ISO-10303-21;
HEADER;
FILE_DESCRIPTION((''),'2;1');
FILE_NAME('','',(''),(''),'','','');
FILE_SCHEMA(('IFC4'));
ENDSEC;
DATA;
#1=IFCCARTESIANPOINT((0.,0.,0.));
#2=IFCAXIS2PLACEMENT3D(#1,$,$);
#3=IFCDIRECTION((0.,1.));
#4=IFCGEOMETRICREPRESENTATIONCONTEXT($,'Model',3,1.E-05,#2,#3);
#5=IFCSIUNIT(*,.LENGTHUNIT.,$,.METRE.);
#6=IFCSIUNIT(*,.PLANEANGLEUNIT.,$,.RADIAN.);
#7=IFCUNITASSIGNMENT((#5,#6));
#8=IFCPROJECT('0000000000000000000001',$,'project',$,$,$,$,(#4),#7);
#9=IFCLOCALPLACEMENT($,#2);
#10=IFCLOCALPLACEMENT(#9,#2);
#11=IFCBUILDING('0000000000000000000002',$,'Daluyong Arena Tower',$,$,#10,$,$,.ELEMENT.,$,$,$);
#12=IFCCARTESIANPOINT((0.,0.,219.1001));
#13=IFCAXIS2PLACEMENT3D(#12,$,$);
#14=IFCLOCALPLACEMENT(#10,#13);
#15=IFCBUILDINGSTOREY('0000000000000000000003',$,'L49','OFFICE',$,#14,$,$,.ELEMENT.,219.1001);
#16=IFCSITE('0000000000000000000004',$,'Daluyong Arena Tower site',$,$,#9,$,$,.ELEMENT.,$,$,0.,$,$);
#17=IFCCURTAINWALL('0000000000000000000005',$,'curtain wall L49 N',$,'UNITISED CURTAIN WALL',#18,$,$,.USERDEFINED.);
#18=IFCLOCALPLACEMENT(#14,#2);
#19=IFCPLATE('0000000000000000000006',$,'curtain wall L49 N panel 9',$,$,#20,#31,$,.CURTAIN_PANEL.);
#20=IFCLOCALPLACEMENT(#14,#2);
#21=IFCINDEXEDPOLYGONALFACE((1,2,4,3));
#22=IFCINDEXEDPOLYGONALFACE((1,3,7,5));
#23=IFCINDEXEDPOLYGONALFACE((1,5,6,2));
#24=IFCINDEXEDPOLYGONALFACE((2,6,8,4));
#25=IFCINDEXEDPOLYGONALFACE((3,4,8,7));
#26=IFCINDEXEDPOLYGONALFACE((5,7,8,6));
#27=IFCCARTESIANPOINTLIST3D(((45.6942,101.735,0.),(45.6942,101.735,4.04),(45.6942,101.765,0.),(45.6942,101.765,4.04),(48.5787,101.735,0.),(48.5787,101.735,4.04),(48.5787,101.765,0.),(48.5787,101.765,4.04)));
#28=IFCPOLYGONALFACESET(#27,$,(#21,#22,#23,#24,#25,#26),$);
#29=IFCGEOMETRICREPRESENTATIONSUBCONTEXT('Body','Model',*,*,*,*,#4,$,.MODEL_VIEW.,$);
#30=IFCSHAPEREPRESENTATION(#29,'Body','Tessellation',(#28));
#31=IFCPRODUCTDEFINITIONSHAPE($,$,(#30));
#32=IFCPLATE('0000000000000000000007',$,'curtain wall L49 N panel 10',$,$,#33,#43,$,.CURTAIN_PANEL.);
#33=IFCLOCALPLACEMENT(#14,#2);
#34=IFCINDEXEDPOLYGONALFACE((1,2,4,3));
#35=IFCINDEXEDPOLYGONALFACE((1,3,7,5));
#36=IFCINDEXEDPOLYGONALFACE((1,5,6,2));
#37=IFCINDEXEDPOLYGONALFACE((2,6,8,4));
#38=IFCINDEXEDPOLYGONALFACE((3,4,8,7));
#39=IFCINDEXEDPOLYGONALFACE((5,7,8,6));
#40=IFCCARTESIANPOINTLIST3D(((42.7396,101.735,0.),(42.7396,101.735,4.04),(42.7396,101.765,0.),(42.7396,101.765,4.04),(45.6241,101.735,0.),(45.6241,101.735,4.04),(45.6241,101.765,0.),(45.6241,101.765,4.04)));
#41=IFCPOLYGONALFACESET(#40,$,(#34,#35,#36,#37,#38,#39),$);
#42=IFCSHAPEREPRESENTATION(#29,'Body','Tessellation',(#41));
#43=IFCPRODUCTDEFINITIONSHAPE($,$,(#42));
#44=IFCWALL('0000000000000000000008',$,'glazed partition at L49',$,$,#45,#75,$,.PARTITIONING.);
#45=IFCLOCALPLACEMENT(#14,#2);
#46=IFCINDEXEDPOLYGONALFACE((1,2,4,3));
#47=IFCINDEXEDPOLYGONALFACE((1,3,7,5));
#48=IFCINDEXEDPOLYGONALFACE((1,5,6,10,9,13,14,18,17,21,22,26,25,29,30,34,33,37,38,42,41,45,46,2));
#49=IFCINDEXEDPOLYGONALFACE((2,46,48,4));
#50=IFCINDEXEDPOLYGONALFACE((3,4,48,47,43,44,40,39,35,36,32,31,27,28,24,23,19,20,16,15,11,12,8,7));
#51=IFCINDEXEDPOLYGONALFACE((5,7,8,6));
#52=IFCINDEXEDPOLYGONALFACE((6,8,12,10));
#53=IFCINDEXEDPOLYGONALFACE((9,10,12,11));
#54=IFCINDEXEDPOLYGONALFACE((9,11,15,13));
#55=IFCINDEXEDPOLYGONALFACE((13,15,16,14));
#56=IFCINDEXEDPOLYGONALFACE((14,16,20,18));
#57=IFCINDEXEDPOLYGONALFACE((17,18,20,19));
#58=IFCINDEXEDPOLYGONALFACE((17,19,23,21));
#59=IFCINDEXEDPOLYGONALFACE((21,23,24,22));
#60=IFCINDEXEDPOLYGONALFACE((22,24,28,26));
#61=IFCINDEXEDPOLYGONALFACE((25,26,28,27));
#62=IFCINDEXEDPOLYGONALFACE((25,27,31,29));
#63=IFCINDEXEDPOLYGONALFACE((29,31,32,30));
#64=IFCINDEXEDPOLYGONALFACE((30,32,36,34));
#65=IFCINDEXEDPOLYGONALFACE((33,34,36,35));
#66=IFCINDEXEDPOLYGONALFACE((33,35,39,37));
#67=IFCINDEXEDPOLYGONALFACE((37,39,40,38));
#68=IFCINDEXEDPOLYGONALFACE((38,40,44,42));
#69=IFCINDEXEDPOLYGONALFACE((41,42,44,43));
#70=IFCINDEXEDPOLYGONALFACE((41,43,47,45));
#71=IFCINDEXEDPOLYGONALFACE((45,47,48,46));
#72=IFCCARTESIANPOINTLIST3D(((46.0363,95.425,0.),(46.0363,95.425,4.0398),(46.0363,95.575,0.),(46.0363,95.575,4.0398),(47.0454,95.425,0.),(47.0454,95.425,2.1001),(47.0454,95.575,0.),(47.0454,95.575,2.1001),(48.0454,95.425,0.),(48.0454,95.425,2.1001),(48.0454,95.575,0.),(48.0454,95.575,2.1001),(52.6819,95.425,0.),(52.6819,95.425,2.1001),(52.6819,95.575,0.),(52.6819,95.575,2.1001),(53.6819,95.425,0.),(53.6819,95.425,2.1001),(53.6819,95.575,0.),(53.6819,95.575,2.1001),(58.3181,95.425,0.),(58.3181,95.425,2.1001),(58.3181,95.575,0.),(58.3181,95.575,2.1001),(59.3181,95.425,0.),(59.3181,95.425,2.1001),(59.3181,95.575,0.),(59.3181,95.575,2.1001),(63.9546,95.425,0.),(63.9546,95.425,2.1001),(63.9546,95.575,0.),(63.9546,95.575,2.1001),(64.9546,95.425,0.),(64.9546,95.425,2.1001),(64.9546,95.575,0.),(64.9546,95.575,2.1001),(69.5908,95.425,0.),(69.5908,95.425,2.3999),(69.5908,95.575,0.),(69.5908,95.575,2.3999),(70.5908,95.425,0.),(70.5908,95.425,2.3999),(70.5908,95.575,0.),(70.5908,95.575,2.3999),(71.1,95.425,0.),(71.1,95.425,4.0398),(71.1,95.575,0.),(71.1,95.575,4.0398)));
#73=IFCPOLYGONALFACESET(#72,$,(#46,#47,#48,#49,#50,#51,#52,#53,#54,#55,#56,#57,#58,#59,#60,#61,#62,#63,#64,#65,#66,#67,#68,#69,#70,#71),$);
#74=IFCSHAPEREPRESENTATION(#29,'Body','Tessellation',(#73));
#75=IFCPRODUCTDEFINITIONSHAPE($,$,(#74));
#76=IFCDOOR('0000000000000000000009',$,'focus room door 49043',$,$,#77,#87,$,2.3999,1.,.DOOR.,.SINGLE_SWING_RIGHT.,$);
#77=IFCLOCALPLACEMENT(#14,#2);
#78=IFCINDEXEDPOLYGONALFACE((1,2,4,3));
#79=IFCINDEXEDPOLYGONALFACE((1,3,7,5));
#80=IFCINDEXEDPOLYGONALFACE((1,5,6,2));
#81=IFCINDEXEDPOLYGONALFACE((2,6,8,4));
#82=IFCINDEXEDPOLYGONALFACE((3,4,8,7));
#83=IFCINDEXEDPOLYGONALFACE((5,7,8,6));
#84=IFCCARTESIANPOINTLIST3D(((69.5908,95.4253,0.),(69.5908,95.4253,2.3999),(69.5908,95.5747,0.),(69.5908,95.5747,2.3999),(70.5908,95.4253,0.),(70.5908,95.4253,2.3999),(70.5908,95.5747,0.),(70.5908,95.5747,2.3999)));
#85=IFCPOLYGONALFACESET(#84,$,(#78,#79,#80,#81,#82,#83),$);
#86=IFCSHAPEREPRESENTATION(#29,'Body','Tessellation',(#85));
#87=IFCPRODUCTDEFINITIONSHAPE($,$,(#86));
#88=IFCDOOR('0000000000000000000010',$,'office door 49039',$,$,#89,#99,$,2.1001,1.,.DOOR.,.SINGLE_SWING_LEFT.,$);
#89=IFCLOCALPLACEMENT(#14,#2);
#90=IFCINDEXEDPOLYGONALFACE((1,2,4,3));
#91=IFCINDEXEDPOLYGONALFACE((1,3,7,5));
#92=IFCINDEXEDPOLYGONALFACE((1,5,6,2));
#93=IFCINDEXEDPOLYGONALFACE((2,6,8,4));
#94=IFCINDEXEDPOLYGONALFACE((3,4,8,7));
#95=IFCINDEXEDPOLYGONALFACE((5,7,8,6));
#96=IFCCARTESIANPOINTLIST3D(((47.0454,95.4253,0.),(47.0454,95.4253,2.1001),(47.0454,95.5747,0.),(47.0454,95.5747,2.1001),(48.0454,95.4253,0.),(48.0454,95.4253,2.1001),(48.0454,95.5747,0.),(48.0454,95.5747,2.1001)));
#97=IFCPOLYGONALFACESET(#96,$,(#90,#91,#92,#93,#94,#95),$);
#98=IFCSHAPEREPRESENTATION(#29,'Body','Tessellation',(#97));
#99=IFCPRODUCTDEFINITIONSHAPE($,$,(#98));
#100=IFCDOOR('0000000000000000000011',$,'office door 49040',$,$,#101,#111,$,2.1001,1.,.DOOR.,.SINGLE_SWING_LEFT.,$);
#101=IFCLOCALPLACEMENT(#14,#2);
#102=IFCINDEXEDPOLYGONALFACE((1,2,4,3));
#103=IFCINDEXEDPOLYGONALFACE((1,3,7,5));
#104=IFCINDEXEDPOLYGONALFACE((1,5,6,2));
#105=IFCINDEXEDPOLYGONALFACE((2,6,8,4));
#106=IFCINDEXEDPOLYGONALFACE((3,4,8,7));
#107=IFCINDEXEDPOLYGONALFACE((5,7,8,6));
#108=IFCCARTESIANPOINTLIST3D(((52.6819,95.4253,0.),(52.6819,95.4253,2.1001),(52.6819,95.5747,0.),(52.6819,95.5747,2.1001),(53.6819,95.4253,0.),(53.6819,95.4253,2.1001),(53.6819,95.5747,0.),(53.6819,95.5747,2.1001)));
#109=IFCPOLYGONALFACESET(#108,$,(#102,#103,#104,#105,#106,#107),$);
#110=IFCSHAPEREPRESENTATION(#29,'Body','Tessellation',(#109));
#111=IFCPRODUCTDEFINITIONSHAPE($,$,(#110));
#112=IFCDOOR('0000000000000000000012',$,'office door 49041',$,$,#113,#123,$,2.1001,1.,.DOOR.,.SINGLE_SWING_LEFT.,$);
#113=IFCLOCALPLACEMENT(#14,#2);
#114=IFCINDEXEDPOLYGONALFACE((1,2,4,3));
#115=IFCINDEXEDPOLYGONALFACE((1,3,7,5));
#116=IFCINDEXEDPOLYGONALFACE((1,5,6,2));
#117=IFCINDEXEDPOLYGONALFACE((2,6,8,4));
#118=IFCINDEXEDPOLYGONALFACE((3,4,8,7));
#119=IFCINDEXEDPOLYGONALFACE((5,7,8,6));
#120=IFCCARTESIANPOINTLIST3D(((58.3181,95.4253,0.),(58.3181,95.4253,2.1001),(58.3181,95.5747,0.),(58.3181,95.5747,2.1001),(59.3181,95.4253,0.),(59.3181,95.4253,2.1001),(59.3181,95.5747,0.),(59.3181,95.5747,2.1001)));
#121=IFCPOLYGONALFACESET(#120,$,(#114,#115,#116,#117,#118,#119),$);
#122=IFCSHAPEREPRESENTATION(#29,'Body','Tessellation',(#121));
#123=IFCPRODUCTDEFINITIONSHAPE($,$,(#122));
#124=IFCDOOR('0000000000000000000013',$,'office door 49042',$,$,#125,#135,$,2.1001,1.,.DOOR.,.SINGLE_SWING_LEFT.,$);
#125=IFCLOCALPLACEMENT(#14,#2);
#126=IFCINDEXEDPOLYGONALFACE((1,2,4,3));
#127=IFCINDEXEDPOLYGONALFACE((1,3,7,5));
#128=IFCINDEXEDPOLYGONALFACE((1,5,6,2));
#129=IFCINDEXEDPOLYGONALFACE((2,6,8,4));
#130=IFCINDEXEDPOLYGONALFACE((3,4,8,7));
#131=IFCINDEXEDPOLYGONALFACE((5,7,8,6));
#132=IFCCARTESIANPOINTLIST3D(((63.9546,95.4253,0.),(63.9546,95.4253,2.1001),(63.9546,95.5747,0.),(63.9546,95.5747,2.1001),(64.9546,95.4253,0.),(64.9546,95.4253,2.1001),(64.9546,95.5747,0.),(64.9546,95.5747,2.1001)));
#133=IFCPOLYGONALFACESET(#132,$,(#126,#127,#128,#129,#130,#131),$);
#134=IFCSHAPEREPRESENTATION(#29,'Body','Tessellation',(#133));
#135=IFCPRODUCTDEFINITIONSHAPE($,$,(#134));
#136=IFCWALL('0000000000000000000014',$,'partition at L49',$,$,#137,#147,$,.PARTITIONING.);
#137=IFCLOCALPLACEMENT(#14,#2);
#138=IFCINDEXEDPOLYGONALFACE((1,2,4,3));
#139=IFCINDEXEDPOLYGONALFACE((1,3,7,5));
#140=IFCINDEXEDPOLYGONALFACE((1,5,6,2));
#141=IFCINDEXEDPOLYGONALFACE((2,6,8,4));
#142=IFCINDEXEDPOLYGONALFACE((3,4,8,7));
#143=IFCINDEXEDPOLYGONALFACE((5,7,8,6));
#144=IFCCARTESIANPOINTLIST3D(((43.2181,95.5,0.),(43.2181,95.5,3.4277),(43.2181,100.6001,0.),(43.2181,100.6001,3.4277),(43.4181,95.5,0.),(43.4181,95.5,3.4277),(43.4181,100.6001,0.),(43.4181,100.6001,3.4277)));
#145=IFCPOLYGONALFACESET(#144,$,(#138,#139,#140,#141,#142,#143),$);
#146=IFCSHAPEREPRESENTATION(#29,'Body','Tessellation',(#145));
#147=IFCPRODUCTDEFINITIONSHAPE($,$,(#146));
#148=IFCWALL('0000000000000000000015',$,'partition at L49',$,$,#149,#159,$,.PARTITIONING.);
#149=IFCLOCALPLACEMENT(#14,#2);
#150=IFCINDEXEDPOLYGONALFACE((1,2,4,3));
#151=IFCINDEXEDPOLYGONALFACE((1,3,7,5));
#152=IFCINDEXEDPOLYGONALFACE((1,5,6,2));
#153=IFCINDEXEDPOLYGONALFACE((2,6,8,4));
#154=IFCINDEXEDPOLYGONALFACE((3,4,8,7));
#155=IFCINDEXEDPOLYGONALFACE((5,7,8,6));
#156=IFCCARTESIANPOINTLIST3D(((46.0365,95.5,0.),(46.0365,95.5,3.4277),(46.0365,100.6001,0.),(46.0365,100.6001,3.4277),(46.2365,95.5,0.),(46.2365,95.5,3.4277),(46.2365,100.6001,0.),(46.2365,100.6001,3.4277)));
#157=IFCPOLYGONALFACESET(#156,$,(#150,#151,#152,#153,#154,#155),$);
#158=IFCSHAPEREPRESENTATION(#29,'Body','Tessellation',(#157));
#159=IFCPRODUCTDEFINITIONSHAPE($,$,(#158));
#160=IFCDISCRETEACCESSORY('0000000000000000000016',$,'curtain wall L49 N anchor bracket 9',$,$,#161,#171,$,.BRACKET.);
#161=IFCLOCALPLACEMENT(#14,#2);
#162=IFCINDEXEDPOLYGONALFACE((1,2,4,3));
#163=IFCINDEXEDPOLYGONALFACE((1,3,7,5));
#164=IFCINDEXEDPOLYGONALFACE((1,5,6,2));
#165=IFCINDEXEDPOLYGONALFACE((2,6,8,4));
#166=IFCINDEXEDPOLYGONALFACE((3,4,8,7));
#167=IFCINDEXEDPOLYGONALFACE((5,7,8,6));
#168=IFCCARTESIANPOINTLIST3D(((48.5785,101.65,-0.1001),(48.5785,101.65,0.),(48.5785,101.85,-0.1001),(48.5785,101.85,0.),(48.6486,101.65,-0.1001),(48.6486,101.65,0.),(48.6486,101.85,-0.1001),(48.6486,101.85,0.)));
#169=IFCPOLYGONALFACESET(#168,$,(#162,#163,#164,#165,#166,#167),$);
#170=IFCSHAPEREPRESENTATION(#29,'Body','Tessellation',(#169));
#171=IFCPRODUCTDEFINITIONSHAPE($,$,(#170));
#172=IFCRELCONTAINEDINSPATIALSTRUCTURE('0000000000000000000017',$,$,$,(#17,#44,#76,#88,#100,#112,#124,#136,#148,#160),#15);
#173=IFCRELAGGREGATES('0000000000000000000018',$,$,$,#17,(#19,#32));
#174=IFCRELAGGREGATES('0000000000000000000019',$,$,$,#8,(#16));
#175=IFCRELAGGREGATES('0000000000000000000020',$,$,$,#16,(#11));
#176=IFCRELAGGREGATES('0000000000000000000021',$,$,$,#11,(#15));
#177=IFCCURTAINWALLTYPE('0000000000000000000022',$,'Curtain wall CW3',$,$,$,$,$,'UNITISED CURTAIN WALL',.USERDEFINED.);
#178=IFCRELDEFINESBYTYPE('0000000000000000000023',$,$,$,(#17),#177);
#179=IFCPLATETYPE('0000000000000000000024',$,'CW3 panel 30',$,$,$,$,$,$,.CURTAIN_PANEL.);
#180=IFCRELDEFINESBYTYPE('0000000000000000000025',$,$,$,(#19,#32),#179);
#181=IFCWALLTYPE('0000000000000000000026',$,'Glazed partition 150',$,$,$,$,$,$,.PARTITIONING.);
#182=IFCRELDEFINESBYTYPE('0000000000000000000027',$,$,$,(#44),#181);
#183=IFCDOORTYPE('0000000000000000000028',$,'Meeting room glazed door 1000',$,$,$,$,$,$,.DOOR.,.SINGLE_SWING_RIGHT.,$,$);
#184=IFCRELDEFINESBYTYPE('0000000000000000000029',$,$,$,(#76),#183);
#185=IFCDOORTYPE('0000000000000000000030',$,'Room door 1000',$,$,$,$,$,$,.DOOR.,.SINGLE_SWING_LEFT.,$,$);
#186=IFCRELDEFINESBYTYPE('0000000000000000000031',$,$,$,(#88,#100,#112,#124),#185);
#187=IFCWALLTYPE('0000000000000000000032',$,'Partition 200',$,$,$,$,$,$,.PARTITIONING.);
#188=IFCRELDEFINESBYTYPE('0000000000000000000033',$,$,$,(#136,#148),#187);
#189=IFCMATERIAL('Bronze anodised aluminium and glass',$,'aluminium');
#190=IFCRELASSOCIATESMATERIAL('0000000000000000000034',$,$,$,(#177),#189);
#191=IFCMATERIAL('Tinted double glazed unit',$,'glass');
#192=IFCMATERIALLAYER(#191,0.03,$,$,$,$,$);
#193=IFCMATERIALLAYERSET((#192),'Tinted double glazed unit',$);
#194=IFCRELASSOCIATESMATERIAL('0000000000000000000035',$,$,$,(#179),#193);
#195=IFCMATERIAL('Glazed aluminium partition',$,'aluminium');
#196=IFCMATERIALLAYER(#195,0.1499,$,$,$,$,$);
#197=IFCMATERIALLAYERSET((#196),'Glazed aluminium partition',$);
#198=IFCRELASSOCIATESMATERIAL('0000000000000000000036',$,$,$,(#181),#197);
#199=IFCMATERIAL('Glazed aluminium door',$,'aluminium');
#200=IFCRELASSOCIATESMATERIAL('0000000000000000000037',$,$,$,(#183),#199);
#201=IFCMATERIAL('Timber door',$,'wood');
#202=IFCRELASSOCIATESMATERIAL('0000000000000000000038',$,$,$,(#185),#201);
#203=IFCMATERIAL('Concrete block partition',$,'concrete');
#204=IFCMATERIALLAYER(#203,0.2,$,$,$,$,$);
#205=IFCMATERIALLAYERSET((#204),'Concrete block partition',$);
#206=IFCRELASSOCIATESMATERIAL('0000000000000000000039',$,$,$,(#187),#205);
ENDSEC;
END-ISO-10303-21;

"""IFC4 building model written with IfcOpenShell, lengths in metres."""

from ifc_helpers import new_model, si_unit, direction, frame, frame_2d, origin, origin_2d, place, context, subcontext, project, spatial, rectangle, extrude, material, layer, layer_set, type_object, element, fill, aggregate, save


model = new_model("IFC4")

# Units and contexts
model_context = context("Model", 3, precision=1e-05, world=origin(), true_north=direction((0.0, 1.0)))
body_context = subcontext(model_context, "Body", "Model", "MODEL_VIEW")
ifc_project = project(units=[si_unit("LENGTHUNIT", "METRE"), si_unit("PLANEANGLEUNIT", "RADIAN")], contexts=[model_context])

# Site, building, storey
site_placement = place(None, origin())
site = spatial("IfcSite", under=ifc_project, at=site_placement, Name="Daluyong Arena Tower site", CompositionType="ELEMENT", RefElevation=0.0)
building_placement = place(site_placement, origin())
building = spatial("IfcBuilding", under=site, at=building_placement, Name="Daluyong Arena Tower", CompositionType="ELEMENT")
storey_placement = place(building_placement, frame((0.0, 0.0, 219.1001)))
storey = spatial("IfcBuildingStorey", under=building, at=storey_placement, Name="L49", Description="OFFICE", CompositionType="ELEMENT", Elevation=219.1001)

# Curtain wall
ifc_material_1 = material(Name="Bronze anodised aluminium and glass", Category="aluminium")
curtain_wall_type = type_object("IfcCurtainWallType", Name="Curtain wall CW3", ElementType="UNITISED CURTAIN WALL", PredefinedType="USERDEFINED", material=ifc_material_1)
curtain_wall_placement = place(storey_placement, origin())
curtain_wall = element("IfcCurtainWall", 1, at=curtain_wall_placement, inside=storey, type_object=curtain_wall_type, Name="curtain wall L49 N", ObjectType="UNITISED CURTAIN WALL", PredefinedType="USERDEFINED")

# Plates
ifc_material_2 = material(Name="Tinted double glazed unit", Category="glass")
ifc_layer_1 = layer(ifc_material_2, 0.03)
ifc_layer_set_1 = layer_set([ifc_layer_1], Name="Tinted double glazed unit")
plate_type = type_object("IfcPlateType", Name="CW3 panel 30", PredefinedType="CURTAIN_PANEL", material=ifc_layer_set_1)
plate_1_placement = place(storey_placement, frame((47.1365, 101.75, 0.0), z_axis=(0.0, 0.0, 1.0), x_axis=(-1.0, 0.0, 0.0)))
plate_1 = element("IfcPlate", 2, at=plate_1_placement, type_object=plate_type, Name="curtain wall L49 N panel 9", PredefinedType="CURTAIN_PANEL", context=body_context, shape_type="SweptSolid", body=[
    extrude(rectangle(XDim=2.8845, YDim=0.03, at=origin_2d()), origin(), (0.0, 0.0, 1.0), 4.04),
])
plate_2_placement = place(storey_placement, frame((44.1819, 101.75, 0.0), z_axis=(0.0, 0.0, 1.0), x_axis=(-1.0, 0.0, 0.0)))
plate_2 = element("IfcPlate", 3, at=plate_2_placement, type_object=plate_type, Name="curtain wall L49 N panel 10", PredefinedType="CURTAIN_PANEL", context=body_context, shape_type="SweptSolid", body=[
    extrude(rectangle(XDim=2.8845, YDim=0.03, at=origin_2d()), origin(), (0.0, 0.0, 1.0), 4.04),
])
aggregate(curtain_wall, [plate_1, plate_2])

# Wall, openings, doors
ifc_material_3 = material(Name="Glazed aluminium partition", Category="aluminium")
ifc_layer_2 = layer(ifc_material_3, 0.1499)
ifc_layer_set_2 = layer_set([ifc_layer_2], Name="Glazed aluminium partition")
wall_type_1 = type_object("IfcWallType", Name="Glazed partition 150", PredefinedType="PARTITIONING", material=ifc_layer_set_2)
wall_placement = place(storey_placement, frame((46.0364, 95.5, 0.0), z_axis=(0.0, 0.0, 1.0), x_axis=(1.0, 0.0, 0.0)))
wall = element("IfcWall", 4, at=wall_placement, inside=storey, type_object=wall_type_1, Name="glazed partition at L49", PredefinedType="PARTITIONING", context=body_context, shape_type="SweptSolid", body=[
    extrude(rectangle(XDim=25.0637, YDim=0.1499, at=frame_2d((12.5317, 0.0))), origin(), (0.0, 0.0, 1.0), 4.0398),
])
opening_1_placement = place(wall_placement, frame((1.009, 0.0, 0.0)))
opening_1 = element("IfcOpeningElement", 5, at=opening_1_placement, cuts=wall, PredefinedType="OPENING", context=body_context, shape_type="SweptSolid", body=[
    extrude(rectangle(XDim=1.0, YDim=2.1001, at=frame_2d((0.5, 1.05))), frame((0.0, 0.085, 0.0), z_axis=(0.0, -1.0, 0.0), x_axis=(1.0, 0.0, 0.0)), (0.0, 0.0, 1.0), 0.1699),
])
opening_2_placement = place(wall_placement, frame((6.6455, 0.0, 0.0)))
opening_2 = element("IfcOpeningElement", 6, at=opening_2_placement, cuts=wall, PredefinedType="OPENING", context=body_context, shape_type="SweptSolid", body=[
    extrude(rectangle(XDim=1.0, YDim=2.1001, at=frame_2d((0.5, 1.05))), frame((0.0, 0.085, 0.0), z_axis=(0.0, -1.0, 0.0), x_axis=(1.0, 0.0, 0.0)), (0.0, 0.0, 1.0), 0.1699),
])
opening_3_placement = place(wall_placement, frame((12.2817, 0.0, 0.0)))
opening_3 = element("IfcOpeningElement", 7, at=opening_3_placement, cuts=wall, PredefinedType="OPENING", context=body_context, shape_type="SweptSolid", body=[
    extrude(rectangle(XDim=1.0, YDim=2.1001, at=frame_2d((0.5, 1.05))), frame((0.0, 0.085, 0.0), z_axis=(0.0, -1.0, 0.0), x_axis=(1.0, 0.0, 0.0)), (0.0, 0.0, 1.0), 0.1699),
])
opening_4_placement = place(wall_placement, frame((17.9182, 0.0, 0.0)))
opening_4 = element("IfcOpeningElement", 8, at=opening_4_placement, cuts=wall, PredefinedType="OPENING", context=body_context, shape_type="SweptSolid", body=[
    extrude(rectangle(XDim=1.0, YDim=2.1001, at=frame_2d((0.5, 1.05))), frame((0.0, 0.085, 0.0), z_axis=(0.0, -1.0, 0.0), x_axis=(1.0, 0.0, 0.0)), (0.0, 0.0, 1.0), 0.1699),
])
opening_5_placement = place(wall_placement, frame((23.5544, 0.0, 0.0)))
opening_5 = element("IfcOpeningElement", 9, at=opening_5_placement, cuts=wall, PredefinedType="OPENING", context=body_context, shape_type="SweptSolid", body=[
    extrude(rectangle(XDim=1.0, YDim=2.3999, at=frame_2d((0.5, 1.2))), frame((0.0, 0.085, 0.0), z_axis=(0.0, -1.0, 0.0), x_axis=(1.0, 0.0, 0.0)), (0.0, 0.0, 1.0), 0.1699),
])
ifc_material_4 = material(Name="Glazed aluminium door", Category="aluminium")
door_type_1 = type_object("IfcDoorType", Name="Meeting room glazed door 1000", OperationType="SINGLE_SWING_RIGHT", PredefinedType="DOOR", material=ifc_material_4)
door_1_placement = place(opening_5_placement, origin())
door_1 = element("IfcDoor", 10, at=door_1_placement, inside=storey, type_object=door_type_1, Name="focus room door 49043", OperationType="SINGLE_SWING_RIGHT", OverallHeight=2.3999, OverallWidth=1.0, PredefinedType="DOOR", context=body_context, shape_type="SweptSolid", body=[
    extrude(rectangle(XDim=1.0, YDim=2.3999, at=frame_2d((0.5, 1.2))), frame((0.0, 0.0747, 0.0), z_axis=(0.0, -1.0, 0.0), x_axis=(1.0, 0.0, 0.0)), (0.0, 0.0, 1.0), 0.1494),
])
fill(opening_5, door_1)
ifc_material_5 = material(Name="Timber door", Category="wood")
door_type_2 = type_object("IfcDoorType", Name="Room door 1000", OperationType="SINGLE_SWING_LEFT", PredefinedType="DOOR", material=ifc_material_5)
door_2_placement = place(opening_1_placement, origin())
door_2 = element("IfcDoor", 11, at=door_2_placement, inside=storey, type_object=door_type_2, Name="office door 49039", OperationType="SINGLE_SWING_LEFT", OverallHeight=2.1001, OverallWidth=1.0, PredefinedType="DOOR", context=body_context, shape_type="SweptSolid", body=[
    extrude(rectangle(XDim=1.0, YDim=2.1001, at=frame_2d((0.5, 1.05))), frame((0.0, 0.0747, 0.0), z_axis=(0.0, -1.0, 0.0), x_axis=(1.0, 0.0, 0.0)), (0.0, 0.0, 1.0), 0.1494),
])
fill(opening_1, door_2)
door_3_placement = place(opening_2_placement, origin())
door_3 = element("IfcDoor", 12, at=door_3_placement, inside=storey, type_object=door_type_2, Name="office door 49040", OperationType="SINGLE_SWING_LEFT", OverallHeight=2.1001, OverallWidth=1.0, PredefinedType="DOOR", context=body_context, shape_type="SweptSolid", body=[
    extrude(rectangle(XDim=1.0, YDim=2.1001, at=frame_2d((0.5, 1.05))), frame((0.0, 0.0747, 0.0), z_axis=(0.0, -1.0, 0.0), x_axis=(1.0, 0.0, 0.0)), (0.0, 0.0, 1.0), 0.1494),
])
fill(opening_2, door_3)
door_4_placement = place(opening_3_placement, origin())
door_4 = element("IfcDoor", 13, at=door_4_placement, inside=storey, type_object=door_type_2, Name="office door 49041", OperationType="SINGLE_SWING_LEFT", OverallHeight=2.1001, OverallWidth=1.0, PredefinedType="DOOR", context=body_context, shape_type="SweptSolid", body=[
    extrude(rectangle(XDim=1.0, YDim=2.1001, at=frame_2d((0.5, 1.05))), frame((0.0, 0.0747, 0.0), z_axis=(0.0, -1.0, 0.0), x_axis=(1.0, 0.0, 0.0)), (0.0, 0.0, 1.0), 0.1494),
])
fill(opening_3, door_4)
door_5_placement = place(opening_4_placement, origin())
door_5 = element("IfcDoor", 14, at=door_5_placement, inside=storey, type_object=door_type_2, Name="office door 49042", OperationType="SINGLE_SWING_LEFT", OverallHeight=2.1001, OverallWidth=1.0, PredefinedType="DOOR", context=body_context, shape_type="SweptSolid", body=[
    extrude(rectangle(XDim=1.0, YDim=2.1001, at=frame_2d((0.5, 1.05))), frame((0.0, 0.0747, 0.0), z_axis=(0.0, -1.0, 0.0), x_axis=(1.0, 0.0, 0.0)), (0.0, 0.0, 1.0), 0.1494),
])
fill(opening_4, door_5)

# Walls
ifc_material_6 = material(Name="Concrete block partition", Category="concrete")
ifc_layer_3 = layer(ifc_material_6, 0.2)
ifc_layer_set_3 = layer_set([ifc_layer_3], Name="Concrete block partition")
wall_type_2 = type_object("IfcWallType", Name="Partition 200", PredefinedType="PARTITIONING", material=ifc_layer_set_3)
for number, where, z_axis, x_axis, name in (
    (15, (43.3181, 95.5, 0.0), (0.0, 0.0, 1.0), (0.0, 1.0, 0.0), "partition at L49"),
    (16, (46.1365, 95.5, 0.0), (0.0, 0.0, 1.0), (0.0, 1.0, 0.0), "partition at L49"),
):
    element("IfcWall", number, at=place(storey_placement, frame(where, z_axis=z_axis, x_axis=x_axis)), inside=storey, type_object=wall_type_2, Name=name, PredefinedType="PARTITIONING", context=body_context, shape_type="SweptSolid", body=[
        extrude(rectangle(XDim=5.1001, YDim=0.2, at=frame_2d((2.55, 0.0))), origin(), (0.0, 0.0, 1.0), 3.4277),
    ])

# Discrete accessory
for number, where, z_axis, x_axis, name in (
    (17, (48.6135, 101.75, -0.1001), (0.0, 0.0, 1.0), (-1.0, 0.0, 0.0), "curtain wall L49 N anchor bracket 9"),
):
    element("IfcDiscreteAccessory", number, at=place(storey_placement, frame(where, z_axis=z_axis, x_axis=x_axis)), inside=storey, Name=name, PredefinedType="BRACKET", context=body_context, shape_type="SweptSolid", body=[
        extrude(rectangle(XDim=0.0701, YDim=0.2, at=origin_2d()), origin(), (0.0, 0.0, 1.0), 0.1001),
    ])

save(model, "model.ifc")
